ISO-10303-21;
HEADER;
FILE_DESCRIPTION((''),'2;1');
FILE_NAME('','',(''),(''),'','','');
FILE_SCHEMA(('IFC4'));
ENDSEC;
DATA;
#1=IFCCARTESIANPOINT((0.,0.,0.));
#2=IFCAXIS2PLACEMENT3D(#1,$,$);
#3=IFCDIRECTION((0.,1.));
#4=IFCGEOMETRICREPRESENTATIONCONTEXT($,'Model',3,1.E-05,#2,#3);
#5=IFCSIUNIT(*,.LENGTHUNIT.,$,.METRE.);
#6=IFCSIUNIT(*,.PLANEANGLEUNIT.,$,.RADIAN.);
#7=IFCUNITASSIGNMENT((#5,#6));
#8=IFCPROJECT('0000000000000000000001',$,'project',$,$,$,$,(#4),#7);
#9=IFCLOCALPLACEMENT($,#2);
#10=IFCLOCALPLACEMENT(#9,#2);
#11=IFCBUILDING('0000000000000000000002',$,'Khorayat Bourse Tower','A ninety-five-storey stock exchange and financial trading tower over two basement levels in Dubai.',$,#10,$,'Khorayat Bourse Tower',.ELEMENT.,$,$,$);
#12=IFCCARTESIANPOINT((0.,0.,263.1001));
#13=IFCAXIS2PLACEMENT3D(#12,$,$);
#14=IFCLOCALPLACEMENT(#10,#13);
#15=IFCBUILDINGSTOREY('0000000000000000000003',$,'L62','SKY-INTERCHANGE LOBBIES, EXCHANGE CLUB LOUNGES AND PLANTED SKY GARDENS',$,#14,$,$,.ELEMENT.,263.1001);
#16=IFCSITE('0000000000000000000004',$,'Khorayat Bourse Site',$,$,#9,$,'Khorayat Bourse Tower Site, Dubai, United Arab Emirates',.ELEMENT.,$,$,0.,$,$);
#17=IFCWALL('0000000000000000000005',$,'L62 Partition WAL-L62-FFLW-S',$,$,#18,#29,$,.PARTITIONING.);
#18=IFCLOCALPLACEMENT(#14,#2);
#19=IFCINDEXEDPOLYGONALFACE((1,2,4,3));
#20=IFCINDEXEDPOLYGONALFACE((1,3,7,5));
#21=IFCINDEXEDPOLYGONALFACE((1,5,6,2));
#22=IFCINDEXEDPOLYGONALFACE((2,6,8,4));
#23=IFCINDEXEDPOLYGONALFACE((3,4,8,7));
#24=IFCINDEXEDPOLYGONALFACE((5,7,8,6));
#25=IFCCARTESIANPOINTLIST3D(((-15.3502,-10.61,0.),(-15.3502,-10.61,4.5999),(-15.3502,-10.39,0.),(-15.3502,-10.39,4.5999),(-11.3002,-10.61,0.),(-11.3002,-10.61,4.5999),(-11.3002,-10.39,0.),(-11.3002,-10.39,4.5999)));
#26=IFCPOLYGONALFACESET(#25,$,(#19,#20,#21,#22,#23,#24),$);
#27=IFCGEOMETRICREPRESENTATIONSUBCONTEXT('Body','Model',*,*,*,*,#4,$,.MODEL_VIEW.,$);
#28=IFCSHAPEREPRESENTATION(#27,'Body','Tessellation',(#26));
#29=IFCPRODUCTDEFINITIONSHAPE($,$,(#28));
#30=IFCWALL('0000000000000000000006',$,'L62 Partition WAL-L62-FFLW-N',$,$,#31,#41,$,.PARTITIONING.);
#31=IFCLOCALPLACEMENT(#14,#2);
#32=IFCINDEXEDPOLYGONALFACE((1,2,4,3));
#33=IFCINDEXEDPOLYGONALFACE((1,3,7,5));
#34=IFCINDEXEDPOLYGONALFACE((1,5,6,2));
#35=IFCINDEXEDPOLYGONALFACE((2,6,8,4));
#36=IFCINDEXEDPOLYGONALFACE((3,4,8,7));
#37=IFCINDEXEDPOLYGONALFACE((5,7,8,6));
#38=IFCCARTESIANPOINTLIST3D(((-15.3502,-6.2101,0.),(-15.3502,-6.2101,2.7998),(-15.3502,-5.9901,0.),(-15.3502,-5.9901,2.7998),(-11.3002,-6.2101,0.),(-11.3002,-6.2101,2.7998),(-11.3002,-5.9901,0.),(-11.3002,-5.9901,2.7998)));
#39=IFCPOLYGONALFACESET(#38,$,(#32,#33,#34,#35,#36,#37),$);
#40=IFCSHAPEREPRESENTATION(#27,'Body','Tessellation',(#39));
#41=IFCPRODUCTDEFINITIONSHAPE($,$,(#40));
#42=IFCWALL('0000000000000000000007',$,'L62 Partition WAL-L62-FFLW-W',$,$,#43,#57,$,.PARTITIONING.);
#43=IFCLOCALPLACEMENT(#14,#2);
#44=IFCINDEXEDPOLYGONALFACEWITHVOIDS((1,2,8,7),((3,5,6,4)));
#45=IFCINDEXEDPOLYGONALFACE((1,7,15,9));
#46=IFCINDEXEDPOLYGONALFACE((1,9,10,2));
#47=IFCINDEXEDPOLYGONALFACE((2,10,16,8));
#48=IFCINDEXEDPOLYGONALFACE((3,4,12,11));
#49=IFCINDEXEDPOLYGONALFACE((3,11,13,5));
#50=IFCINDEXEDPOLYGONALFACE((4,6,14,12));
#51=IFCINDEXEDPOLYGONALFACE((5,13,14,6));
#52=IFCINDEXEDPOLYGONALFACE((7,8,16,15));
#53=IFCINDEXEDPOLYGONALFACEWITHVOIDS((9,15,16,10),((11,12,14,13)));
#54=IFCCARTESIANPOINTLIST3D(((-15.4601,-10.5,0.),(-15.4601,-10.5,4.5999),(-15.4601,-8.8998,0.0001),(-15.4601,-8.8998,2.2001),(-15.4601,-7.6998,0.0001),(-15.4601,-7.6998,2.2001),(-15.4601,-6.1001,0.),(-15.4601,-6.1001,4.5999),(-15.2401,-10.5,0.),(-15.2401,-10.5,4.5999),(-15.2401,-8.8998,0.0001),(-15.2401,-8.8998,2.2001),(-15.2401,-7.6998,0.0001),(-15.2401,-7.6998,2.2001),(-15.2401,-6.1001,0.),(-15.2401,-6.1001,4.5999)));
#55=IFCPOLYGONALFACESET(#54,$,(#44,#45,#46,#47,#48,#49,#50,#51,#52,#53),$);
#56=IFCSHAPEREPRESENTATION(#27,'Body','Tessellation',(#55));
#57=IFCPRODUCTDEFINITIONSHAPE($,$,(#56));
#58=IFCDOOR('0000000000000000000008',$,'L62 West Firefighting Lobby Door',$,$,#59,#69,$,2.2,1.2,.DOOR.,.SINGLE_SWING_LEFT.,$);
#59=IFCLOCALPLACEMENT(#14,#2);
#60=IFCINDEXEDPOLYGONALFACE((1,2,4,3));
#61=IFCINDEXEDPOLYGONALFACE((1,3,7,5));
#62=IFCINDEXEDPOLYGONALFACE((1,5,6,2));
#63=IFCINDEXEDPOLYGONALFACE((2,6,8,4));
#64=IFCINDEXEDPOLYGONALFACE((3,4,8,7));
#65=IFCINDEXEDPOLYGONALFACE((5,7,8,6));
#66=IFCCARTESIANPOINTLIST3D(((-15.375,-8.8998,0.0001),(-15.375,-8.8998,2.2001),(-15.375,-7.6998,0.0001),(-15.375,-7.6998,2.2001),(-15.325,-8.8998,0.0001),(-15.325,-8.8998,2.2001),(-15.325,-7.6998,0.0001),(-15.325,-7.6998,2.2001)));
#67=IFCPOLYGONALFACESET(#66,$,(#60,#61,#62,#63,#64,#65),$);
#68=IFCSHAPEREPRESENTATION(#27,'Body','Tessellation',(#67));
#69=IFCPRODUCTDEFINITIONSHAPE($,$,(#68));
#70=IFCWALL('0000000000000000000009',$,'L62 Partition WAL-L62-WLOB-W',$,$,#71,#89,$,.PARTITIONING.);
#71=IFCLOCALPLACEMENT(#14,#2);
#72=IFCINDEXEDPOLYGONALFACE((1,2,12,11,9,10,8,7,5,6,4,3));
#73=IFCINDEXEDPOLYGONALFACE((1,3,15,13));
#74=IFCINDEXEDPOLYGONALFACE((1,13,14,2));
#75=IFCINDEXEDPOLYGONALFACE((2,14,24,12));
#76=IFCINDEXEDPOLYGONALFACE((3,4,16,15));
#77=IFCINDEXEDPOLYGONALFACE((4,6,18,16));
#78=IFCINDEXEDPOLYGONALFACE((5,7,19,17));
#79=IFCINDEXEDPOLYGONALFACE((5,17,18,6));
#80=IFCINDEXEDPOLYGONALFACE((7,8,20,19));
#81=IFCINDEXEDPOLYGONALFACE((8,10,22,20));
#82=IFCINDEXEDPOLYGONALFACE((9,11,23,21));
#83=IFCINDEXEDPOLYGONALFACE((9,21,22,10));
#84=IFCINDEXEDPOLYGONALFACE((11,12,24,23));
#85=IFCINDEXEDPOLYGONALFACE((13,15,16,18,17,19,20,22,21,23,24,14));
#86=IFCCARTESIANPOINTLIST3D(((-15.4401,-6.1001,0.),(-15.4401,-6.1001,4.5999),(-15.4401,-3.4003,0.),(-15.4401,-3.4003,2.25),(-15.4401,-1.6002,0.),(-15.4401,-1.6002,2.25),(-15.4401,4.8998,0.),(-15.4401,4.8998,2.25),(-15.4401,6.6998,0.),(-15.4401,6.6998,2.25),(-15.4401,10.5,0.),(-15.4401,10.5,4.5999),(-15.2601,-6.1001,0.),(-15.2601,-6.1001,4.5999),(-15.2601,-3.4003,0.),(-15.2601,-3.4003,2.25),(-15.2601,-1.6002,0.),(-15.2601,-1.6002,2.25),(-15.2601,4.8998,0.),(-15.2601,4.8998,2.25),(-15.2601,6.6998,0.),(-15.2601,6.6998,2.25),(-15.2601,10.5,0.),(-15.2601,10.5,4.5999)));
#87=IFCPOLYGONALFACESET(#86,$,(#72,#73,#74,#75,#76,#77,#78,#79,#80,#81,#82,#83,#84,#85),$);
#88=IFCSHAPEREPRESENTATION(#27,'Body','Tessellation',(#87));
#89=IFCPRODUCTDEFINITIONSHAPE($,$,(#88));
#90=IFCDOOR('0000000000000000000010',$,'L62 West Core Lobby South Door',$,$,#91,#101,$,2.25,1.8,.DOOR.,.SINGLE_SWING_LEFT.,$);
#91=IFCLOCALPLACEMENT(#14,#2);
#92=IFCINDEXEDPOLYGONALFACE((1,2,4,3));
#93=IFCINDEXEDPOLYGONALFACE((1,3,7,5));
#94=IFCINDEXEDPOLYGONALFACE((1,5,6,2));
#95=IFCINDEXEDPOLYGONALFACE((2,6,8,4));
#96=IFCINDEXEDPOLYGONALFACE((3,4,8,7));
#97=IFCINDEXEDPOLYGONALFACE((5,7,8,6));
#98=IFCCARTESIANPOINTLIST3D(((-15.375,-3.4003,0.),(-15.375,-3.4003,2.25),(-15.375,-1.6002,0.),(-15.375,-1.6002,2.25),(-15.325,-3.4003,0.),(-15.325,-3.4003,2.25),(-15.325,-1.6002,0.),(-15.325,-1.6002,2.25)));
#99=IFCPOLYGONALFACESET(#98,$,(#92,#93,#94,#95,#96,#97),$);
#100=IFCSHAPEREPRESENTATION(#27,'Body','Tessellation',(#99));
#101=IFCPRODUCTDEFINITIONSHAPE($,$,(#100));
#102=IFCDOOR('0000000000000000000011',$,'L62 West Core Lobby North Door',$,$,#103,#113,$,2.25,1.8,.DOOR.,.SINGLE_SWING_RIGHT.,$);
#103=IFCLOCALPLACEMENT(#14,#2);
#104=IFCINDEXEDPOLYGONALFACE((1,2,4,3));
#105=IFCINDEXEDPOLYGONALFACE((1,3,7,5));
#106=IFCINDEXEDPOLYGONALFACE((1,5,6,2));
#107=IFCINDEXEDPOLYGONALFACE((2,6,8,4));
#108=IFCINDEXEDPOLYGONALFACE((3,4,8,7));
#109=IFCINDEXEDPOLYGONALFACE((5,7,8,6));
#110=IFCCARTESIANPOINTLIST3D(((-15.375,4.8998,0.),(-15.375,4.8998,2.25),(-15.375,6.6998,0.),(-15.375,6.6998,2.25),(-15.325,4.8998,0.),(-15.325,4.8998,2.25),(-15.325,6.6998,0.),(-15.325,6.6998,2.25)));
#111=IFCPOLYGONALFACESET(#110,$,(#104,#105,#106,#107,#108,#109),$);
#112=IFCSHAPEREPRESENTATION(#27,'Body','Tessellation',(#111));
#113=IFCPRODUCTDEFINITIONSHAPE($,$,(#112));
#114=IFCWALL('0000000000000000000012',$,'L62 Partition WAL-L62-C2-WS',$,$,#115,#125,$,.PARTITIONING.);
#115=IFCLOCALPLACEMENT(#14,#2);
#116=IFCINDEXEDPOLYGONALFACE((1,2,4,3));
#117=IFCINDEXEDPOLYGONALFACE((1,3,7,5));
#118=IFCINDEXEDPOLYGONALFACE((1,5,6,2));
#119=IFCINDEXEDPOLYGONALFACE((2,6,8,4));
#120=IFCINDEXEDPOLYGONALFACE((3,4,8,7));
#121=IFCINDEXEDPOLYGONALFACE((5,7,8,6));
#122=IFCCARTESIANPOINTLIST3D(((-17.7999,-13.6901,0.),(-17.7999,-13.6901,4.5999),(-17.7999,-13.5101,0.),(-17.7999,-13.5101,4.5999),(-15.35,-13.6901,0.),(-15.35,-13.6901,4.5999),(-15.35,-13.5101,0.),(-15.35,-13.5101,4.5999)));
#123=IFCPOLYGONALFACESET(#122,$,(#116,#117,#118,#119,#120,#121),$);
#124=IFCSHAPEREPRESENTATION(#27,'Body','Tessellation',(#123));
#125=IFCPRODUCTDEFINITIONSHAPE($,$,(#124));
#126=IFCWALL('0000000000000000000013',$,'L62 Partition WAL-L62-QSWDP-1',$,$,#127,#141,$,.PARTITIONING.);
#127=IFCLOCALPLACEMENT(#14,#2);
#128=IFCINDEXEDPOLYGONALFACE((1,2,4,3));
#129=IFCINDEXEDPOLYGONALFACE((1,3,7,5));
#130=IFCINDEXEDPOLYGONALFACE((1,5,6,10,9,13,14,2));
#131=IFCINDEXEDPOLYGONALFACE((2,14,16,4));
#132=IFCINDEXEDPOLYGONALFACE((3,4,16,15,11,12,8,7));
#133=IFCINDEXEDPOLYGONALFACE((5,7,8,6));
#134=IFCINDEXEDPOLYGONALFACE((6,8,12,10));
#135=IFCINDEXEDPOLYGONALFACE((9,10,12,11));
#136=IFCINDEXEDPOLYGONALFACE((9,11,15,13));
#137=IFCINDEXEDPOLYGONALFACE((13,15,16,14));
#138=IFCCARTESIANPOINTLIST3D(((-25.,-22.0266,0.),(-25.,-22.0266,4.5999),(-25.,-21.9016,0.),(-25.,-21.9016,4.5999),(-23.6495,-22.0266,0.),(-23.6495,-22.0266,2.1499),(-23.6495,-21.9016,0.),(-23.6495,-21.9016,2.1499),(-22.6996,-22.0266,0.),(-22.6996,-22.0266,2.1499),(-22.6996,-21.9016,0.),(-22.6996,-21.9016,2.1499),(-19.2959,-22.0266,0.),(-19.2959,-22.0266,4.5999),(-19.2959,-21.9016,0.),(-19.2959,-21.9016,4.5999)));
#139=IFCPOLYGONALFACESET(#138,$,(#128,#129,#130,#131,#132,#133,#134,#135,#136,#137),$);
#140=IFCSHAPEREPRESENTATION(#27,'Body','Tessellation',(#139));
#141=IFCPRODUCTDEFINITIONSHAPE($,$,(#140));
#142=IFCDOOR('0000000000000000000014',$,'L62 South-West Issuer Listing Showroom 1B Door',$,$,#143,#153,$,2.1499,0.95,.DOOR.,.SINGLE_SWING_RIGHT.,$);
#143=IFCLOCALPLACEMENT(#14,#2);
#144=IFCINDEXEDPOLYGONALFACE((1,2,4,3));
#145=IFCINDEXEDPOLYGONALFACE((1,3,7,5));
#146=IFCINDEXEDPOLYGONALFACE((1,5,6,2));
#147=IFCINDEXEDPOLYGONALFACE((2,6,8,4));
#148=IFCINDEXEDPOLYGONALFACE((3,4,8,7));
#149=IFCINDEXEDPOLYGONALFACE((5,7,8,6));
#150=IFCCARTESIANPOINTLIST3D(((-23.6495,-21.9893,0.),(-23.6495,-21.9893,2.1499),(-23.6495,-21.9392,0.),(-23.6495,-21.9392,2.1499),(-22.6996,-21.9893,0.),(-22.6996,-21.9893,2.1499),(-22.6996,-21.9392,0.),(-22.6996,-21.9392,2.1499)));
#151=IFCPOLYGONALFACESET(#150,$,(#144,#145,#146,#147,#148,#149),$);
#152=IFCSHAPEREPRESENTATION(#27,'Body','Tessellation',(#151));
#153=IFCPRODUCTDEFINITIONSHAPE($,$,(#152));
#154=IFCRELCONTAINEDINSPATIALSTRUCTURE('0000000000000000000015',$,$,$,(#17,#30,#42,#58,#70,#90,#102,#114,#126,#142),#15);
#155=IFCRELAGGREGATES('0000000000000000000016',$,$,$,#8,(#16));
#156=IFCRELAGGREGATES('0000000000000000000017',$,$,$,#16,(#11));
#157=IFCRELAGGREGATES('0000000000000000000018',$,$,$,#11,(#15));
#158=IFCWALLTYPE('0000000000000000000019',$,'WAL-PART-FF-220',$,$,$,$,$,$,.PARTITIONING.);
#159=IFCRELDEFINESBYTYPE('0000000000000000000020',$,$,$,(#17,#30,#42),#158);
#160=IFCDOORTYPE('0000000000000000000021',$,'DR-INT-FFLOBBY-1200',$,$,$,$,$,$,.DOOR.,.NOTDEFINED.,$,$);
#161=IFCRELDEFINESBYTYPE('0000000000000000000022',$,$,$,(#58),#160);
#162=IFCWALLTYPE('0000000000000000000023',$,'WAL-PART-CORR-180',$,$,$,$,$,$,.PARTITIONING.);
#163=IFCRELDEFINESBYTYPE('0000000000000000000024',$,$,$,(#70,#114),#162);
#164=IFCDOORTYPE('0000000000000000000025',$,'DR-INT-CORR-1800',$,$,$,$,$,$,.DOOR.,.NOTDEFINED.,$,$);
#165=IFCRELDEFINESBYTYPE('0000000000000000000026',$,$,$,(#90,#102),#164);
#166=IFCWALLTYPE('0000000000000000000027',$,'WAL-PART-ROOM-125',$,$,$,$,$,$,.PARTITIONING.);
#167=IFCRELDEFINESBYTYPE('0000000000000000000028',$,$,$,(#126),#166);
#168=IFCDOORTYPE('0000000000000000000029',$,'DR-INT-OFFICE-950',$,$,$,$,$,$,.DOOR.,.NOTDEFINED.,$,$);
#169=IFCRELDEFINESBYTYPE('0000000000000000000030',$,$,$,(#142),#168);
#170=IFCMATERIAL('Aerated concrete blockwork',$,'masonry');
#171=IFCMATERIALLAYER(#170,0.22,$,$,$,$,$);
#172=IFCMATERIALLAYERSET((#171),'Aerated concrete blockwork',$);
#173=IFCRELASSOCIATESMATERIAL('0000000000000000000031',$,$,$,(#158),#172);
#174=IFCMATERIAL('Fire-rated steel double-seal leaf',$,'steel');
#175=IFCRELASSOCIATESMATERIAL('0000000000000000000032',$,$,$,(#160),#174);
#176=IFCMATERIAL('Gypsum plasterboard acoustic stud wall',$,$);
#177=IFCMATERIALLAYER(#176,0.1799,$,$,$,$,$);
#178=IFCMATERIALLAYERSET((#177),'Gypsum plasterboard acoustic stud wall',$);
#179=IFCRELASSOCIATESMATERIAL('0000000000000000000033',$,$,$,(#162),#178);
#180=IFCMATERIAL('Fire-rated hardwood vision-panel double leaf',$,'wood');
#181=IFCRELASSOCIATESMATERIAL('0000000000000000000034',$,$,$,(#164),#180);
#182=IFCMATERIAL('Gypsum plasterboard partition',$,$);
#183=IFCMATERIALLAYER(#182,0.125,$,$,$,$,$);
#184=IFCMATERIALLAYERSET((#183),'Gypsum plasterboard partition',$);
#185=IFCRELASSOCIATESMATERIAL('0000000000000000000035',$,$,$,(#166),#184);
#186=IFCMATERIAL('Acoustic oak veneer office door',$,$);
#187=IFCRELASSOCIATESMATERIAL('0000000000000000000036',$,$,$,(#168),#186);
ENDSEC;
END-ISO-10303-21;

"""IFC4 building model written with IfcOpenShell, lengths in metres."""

from ifc_helpers import new_model, si_unit, direction, frame, frame_2d, origin, place, context, subcontext, project, spatial, rectangle, extrude, source, transform, mapped, material, layer, layer_set, type_object, element, fill, save


model = new_model("IFC4")

# Units and contexts
model_context = context("Model", 3, precision=1e-05, world=origin(), true_north=direction((0.0, 1.0)))
body_context = subcontext(model_context, "Body", "Model", "MODEL_VIEW")
ifc_project = project(units=[si_unit("LENGTHUNIT", "METRE"), si_unit("PLANEANGLEUNIT", "RADIAN")], contexts=[model_context])

# Site, building, storey
site_placement = place(None, origin())
site = spatial("IfcSite", under=ifc_project, at=site_placement, Name="Khorayat Bourse Site", LongName="Khorayat Bourse Tower Site, Dubai, United Arab Emirates", CompositionType="ELEMENT", RefElevation=0.0)
building_placement = place(site_placement, origin())
building = spatial("IfcBuilding", under=site, at=building_placement, Name="Khorayat Bourse Tower", Description="A ninety-five-storey stock exchange and financial trading tower over two basement levels in Dubai.", LongName="Khorayat Bourse Tower", CompositionType="ELEMENT")
storey_placement = place(building_placement, frame((0.0, 0.0, 263.1001)))
storey = spatial("IfcBuildingStorey", under=building, at=storey_placement, Name="L62", Description="SKY-INTERCHANGE LOBBIES, EXCHANGE CLUB LOUNGES AND PLANTED SKY GARDENS", CompositionType="ELEMENT", Elevation=263.1001)

# Walls
ifc_material_1 = material(Name="Aerated concrete blockwork", Category="masonry")
ifc_layer_1 = layer(ifc_material_1, 0.22)
ifc_layer_set_1 = layer_set([ifc_layer_1], Name="Aerated concrete blockwork")
wall_type_1 = type_object("IfcWallType", Name="WAL-PART-FF-220", PredefinedType="PARTITIONING", material=ifc_layer_set_1)
shared_shape_1 = source(origin(), body_context, "Body", "SweptSolid", [
    extrude(rectangle(XDim=4.05, YDim=0.22, at=frame_2d((2.0249, 0.0))), origin(), (0.0, 0.0, 1.0), 4.5999),
])
wall_1_placement = place(storey_placement, frame((-15.3501, -10.5, 0.0), z_axis=(0.0, 0.0, 1.0), x_axis=(1.0, 0.0, 0.0)))
element("IfcWall", 1, at=wall_1_placement, inside=storey, type_object=wall_type_1, Name="L62 Partition WAL-L62-FFLW-S", PredefinedType="PARTITIONING", context=body_context, shape_type="MappedRepresentation", body=[
    mapped(shared_shape_1, transform((0.0, 0.0, 0.0), scale=1.0)),
])
shared_shape_2 = source(origin(), body_context, "Body", "SweptSolid", [
    extrude(rectangle(XDim=4.05, YDim=0.22, at=frame_2d((2.0249, 0.0))), origin(), (0.0, 0.0, 1.0), 2.7998),
])
wall_2_placement = place(storey_placement, frame((-15.3501, -6.1001, 0.0), z_axis=(0.0, 0.0, 1.0), x_axis=(1.0, 0.0, 0.0)))
element("IfcWall", 2, at=wall_2_placement, inside=storey, type_object=wall_type_1, Name="L62 Partition WAL-L62-FFLW-N", PredefinedType="PARTITIONING", context=body_context, shape_type="MappedRepresentation", body=[
    mapped(shared_shape_2, transform((0.0, 0.0, 0.0), scale=1.0)),
])

# Wall, opening, door
shared_shape_3 = source(origin(), body_context, "Body", "SweptSolid", [
    extrude(rectangle(XDim=4.3999, YDim=0.22, at=frame_2d((2.2, 0.0))), origin(), (0.0, 0.0, 1.0), 4.5999),
])
wall_3_placement = place(storey_placement, frame((-15.3501, -10.5, 0.0), z_axis=(0.0, 0.0, 1.0), x_axis=(0.0, 1.0, 0.0)))
wall_3 = element("IfcWall", 3, at=wall_3_placement, inside=storey, type_object=wall_type_1, Name="L62 Partition WAL-L62-FFLW-W", PredefinedType="PARTITIONING", context=body_context, shape_type="MappedRepresentation", body=[
    mapped(shared_shape_3, transform((0.0, 0.0, 0.0), scale=1.0)),
])
shared_shape_4 = source(origin(), body_context, "Body", "SweptSolid", [
    extrude(rectangle(XDim=1.2, YDim=2.2, at=frame_2d((0.6001, 1.1001))), frame((0.0, 0.1199, 0.0), z_axis=(0.0, -1.0, 0.0), x_axis=(1.0, 0.0, 0.0)), (0.0, 0.0, 1.0), 0.24),
])
opening_1_placement = place(wall_3_placement, frame((1.6001, 0.0, 0.0)))
opening_1 = element("IfcOpeningElement", 4, at=opening_1_placement, cuts=wall_3, PredefinedType="OPENING", context=body_context, shape_type="MappedRepresentation", body=[
    mapped(shared_shape_4, transform((0.0, 0.0, 0.0), scale=1.0)),
])
ifc_material_2 = material(Name="Fire-rated steel double-seal leaf", Category="steel")
door_type_1 = type_object("IfcDoorType", Name="DR-INT-FFLOBBY-1200", OperationType="NOTDEFINED", PredefinedType="DOOR", material=ifc_material_2)
shared_shape_5 = source(origin(), body_context, "Body", "SweptSolid", [
    extrude(rectangle(XDim=1.2, YDim=2.2, at=frame_2d((0.6001, 1.1001))), frame((0.0, 0.0249, 0.0), z_axis=(0.0, -1.0, 0.0), x_axis=(1.0, 0.0, 0.0)), (0.0, 0.0, 1.0), 0.05),
])
door_1_placement = place(opening_1_placement, origin())
door_1 = element("IfcDoor", 5, at=door_1_placement, inside=storey, type_object=door_type_1, Name="L62 West Firefighting Lobby Door", OperationType="SINGLE_SWING_LEFT", OverallHeight=2.2, OverallWidth=1.2, PredefinedType="DOOR", context=body_context, shape_type="MappedRepresentation", body=[
    mapped(shared_shape_5, transform((0.0, 0.0, 0.0), scale=1.0)),
])
fill(opening_1, door_1)

# Wall, openings, doors
ifc_material_3 = material(Name="Gypsum plasterboard acoustic stud wall")
ifc_layer_2 = layer(ifc_material_3, 0.1799)
ifc_layer_set_2 = layer_set([ifc_layer_2], Name="Gypsum plasterboard acoustic stud wall")
wall_type_2 = type_object("IfcWallType", Name="WAL-PART-CORR-180", PredefinedType="PARTITIONING", material=ifc_layer_set_2)
shared_shape_6 = source(origin(), body_context, "Body", "SweptSolid", [
    extrude(rectangle(XDim=16.6001, YDim=0.1799, at=frame_2d((8.3, 0.0))), origin(), (0.0, 0.0, 1.0), 4.5999),
])
wall_4_placement = place(storey_placement, frame((-15.3501, -6.1001, 0.0), z_axis=(0.0, 0.0, 1.0), x_axis=(0.0, 1.0, 0.0)))
wall_4 = element("IfcWall", 6, at=wall_4_placement, inside=storey, type_object=wall_type_2, Name="L62 Partition WAL-L62-WLOB-W", PredefinedType="PARTITIONING", context=body_context, shape_type="MappedRepresentation", body=[
    mapped(shared_shape_6, transform((0.0, 0.0, 0.0), scale=1.0)),
])
shared_shape_7 = source(origin(), body_context, "Body", "SweptSolid", [
    extrude(rectangle(XDim=1.8, YDim=2.25, at=frame_2d((0.8999, 1.125))), frame((0.0, 0.0999, 0.0), z_axis=(0.0, -1.0, 0.0), x_axis=(1.0, 0.0, 0.0)), (0.0, 0.0, 1.0), 0.2),
])
opening_2_placement = place(wall_4_placement, frame((2.7, 0.0, 0.0)))
opening_2 = element("IfcOpeningElement", 7, at=opening_2_placement, cuts=wall_4, PredefinedType="OPENING", context=body_context, shape_type="MappedRepresentation", body=[
    mapped(shared_shape_7, transform((0.0, 0.0, 0.0), scale=1.0)),
])
opening_3_placement = place(wall_4_placement, frame((11.0, 0.0, 0.0)))
opening_3 = element("IfcOpeningElement", 8, at=opening_3_placement, cuts=wall_4, PredefinedType="OPENING", context=body_context, shape_type="MappedRepresentation", body=[
    mapped(shared_shape_7, transform((0.0, 0.0, 0.0), scale=1.0)),
])
ifc_material_4 = material(Name="Fire-rated hardwood vision-panel double leaf", Category="wood")
door_type_2 = type_object("IfcDoorType", Name="DR-INT-CORR-1800", OperationType="NOTDEFINED", PredefinedType="DOOR", material=ifc_material_4)
shared_shape_8 = source(origin(), body_context, "Body", "SweptSolid", [
    extrude(rectangle(XDim=1.8, YDim=2.25, at=frame_2d((0.8999, 1.125))), frame((0.0, 0.0249, 0.0), z_axis=(0.0, -1.0, 0.0), x_axis=(1.0, 0.0, 0.0)), (0.0, 0.0, 1.0), 0.05),
])
door_2_placement = place(opening_2_placement, origin())
door_2 = element("IfcDoor", 9, at=door_2_placement, inside=storey, type_object=door_type_2, Name="L62 West Core Lobby South Door", OperationType="SINGLE_SWING_LEFT", OverallHeight=2.25, OverallWidth=1.8, PredefinedType="DOOR", context=body_context, shape_type="MappedRepresentation", body=[
    mapped(shared_shape_8, transform((0.0, 0.0, 0.0), scale=1.0)),
])
fill(opening_2, door_2)
door_3_placement = place(opening_3_placement, origin())
door_3 = element("IfcDoor", 10, at=door_3_placement, inside=storey, type_object=door_type_2, Name="L62 West Core Lobby North Door", OperationType="SINGLE_SWING_RIGHT", OverallHeight=2.25, OverallWidth=1.8, PredefinedType="DOOR", context=body_context, shape_type="MappedRepresentation", body=[
    mapped(shared_shape_8, transform((0.0, 0.0, 0.0), scale=1.0)),
])
fill(opening_3, door_3)

# Wall
shared_shape_9 = source(origin(), body_context, "Body", "SweptSolid", [
    extrude(rectangle(XDim=2.45, YDim=0.1799, at=frame_2d((1.2251, 0.0))), origin(), (0.0, 0.0, 1.0), 4.5999),
])
wall_5_placement = place(storey_placement, frame((-17.8, -13.6001, 0.0), z_axis=(0.0, 0.0, 1.0), x_axis=(1.0, 0.0, 0.0)))
element("IfcWall", 11, at=wall_5_placement, inside=storey, type_object=wall_type_2, Name="L62 Partition WAL-L62-C2-WS", PredefinedType="PARTITIONING", context=body_context, shape_type="MappedRepresentation", body=[
    mapped(shared_shape_9, transform((0.0, 0.0, 0.0), scale=1.0)),
])

# Wall, opening, door
ifc_material_5 = material(Name="Gypsum plasterboard partition")
ifc_layer_3 = layer(ifc_material_5, 0.125)
ifc_layer_set_3 = layer_set([ifc_layer_3], Name="Gypsum plasterboard partition")
wall_type_3 = type_object("IfcWallType", Name="WAL-PART-ROOM-125", PredefinedType="PARTITIONING", material=ifc_layer_set_3)
shared_shape_10 = source(origin(), body_context, "Body", "SweptSolid", [
    extrude(rectangle(XDim=5.7041, YDim=0.125, at=frame_2d((2.8521, 0.0))), origin(), (0.0, 0.0, 1.0), 4.5999),
])
wall_6_placement = place(storey_placement, frame((-25.0, -21.9641, 0.0), z_axis=(0.0, 0.0, 1.0), x_axis=(1.0, 0.0, 0.0)))
wall_6 = element("IfcWall", 12, at=wall_6_placement, inside=storey, type_object=wall_type_3, Name="L62 Partition WAL-L62-QSWDP-1", PredefinedType="PARTITIONING", context=body_context, shape_type="MappedRepresentation", body=[
    mapped(shared_shape_10, transform((0.0, 0.0, 0.0), scale=1.0)),
])
shared_shape_11 = source(origin(), body_context, "Body", "SweptSolid", [
    extrude(rectangle(XDim=0.95, YDim=2.1499, at=frame_2d((0.4751, 1.075))), frame((0.0, 0.0725, 0.0), z_axis=(0.0, -1.0, 0.0), x_axis=(1.0, 0.0, 0.0)), (0.0, 0.0, 1.0), 0.145),
])
opening_4_placement = place(wall_6_placement, frame((1.3503, 0.0, 0.0)))
opening_4 = element("IfcOpeningElement", 13, at=opening_4_placement, cuts=wall_6, PredefinedType="OPENING", context=body_context, shape_type="MappedRepresentation", body=[
    mapped(shared_shape_11, transform((0.0, 0.0, 0.0), scale=1.0)),
])
ifc_material_6 = material(Name="Acoustic oak veneer office door")
door_type_3 = type_object("IfcDoorType", Name="DR-INT-OFFICE-950", OperationType="NOTDEFINED", PredefinedType="DOOR", material=ifc_material_6)
shared_shape_12 = source(origin(), body_context, "Body", "SweptSolid", [
    extrude(rectangle(XDim=0.95, YDim=2.1499, at=frame_2d((0.4751, 1.075))), frame((0.0, 0.0249, 0.0), z_axis=(0.0, -1.0, 0.0), x_axis=(1.0, 0.0, 0.0)), (0.0, 0.0, 1.0), 0.05),
])
door_4_placement = place(opening_4_placement, origin())
door_4 = element("IfcDoor", 14, at=door_4_placement, inside=storey, type_object=door_type_3, Name="L62 South-West Issuer Listing Showroom 1B Door", OperationType="SINGLE_SWING_RIGHT", OverallHeight=2.1499, OverallWidth=0.95, PredefinedType="DOOR", context=body_context, shape_type="MappedRepresentation", body=[
    mapped(shared_shape_12, transform((0.0, 0.0, 0.0), scale=1.0)),
])
fill(opening_4, door_4)

save(model, "model.ifc")
